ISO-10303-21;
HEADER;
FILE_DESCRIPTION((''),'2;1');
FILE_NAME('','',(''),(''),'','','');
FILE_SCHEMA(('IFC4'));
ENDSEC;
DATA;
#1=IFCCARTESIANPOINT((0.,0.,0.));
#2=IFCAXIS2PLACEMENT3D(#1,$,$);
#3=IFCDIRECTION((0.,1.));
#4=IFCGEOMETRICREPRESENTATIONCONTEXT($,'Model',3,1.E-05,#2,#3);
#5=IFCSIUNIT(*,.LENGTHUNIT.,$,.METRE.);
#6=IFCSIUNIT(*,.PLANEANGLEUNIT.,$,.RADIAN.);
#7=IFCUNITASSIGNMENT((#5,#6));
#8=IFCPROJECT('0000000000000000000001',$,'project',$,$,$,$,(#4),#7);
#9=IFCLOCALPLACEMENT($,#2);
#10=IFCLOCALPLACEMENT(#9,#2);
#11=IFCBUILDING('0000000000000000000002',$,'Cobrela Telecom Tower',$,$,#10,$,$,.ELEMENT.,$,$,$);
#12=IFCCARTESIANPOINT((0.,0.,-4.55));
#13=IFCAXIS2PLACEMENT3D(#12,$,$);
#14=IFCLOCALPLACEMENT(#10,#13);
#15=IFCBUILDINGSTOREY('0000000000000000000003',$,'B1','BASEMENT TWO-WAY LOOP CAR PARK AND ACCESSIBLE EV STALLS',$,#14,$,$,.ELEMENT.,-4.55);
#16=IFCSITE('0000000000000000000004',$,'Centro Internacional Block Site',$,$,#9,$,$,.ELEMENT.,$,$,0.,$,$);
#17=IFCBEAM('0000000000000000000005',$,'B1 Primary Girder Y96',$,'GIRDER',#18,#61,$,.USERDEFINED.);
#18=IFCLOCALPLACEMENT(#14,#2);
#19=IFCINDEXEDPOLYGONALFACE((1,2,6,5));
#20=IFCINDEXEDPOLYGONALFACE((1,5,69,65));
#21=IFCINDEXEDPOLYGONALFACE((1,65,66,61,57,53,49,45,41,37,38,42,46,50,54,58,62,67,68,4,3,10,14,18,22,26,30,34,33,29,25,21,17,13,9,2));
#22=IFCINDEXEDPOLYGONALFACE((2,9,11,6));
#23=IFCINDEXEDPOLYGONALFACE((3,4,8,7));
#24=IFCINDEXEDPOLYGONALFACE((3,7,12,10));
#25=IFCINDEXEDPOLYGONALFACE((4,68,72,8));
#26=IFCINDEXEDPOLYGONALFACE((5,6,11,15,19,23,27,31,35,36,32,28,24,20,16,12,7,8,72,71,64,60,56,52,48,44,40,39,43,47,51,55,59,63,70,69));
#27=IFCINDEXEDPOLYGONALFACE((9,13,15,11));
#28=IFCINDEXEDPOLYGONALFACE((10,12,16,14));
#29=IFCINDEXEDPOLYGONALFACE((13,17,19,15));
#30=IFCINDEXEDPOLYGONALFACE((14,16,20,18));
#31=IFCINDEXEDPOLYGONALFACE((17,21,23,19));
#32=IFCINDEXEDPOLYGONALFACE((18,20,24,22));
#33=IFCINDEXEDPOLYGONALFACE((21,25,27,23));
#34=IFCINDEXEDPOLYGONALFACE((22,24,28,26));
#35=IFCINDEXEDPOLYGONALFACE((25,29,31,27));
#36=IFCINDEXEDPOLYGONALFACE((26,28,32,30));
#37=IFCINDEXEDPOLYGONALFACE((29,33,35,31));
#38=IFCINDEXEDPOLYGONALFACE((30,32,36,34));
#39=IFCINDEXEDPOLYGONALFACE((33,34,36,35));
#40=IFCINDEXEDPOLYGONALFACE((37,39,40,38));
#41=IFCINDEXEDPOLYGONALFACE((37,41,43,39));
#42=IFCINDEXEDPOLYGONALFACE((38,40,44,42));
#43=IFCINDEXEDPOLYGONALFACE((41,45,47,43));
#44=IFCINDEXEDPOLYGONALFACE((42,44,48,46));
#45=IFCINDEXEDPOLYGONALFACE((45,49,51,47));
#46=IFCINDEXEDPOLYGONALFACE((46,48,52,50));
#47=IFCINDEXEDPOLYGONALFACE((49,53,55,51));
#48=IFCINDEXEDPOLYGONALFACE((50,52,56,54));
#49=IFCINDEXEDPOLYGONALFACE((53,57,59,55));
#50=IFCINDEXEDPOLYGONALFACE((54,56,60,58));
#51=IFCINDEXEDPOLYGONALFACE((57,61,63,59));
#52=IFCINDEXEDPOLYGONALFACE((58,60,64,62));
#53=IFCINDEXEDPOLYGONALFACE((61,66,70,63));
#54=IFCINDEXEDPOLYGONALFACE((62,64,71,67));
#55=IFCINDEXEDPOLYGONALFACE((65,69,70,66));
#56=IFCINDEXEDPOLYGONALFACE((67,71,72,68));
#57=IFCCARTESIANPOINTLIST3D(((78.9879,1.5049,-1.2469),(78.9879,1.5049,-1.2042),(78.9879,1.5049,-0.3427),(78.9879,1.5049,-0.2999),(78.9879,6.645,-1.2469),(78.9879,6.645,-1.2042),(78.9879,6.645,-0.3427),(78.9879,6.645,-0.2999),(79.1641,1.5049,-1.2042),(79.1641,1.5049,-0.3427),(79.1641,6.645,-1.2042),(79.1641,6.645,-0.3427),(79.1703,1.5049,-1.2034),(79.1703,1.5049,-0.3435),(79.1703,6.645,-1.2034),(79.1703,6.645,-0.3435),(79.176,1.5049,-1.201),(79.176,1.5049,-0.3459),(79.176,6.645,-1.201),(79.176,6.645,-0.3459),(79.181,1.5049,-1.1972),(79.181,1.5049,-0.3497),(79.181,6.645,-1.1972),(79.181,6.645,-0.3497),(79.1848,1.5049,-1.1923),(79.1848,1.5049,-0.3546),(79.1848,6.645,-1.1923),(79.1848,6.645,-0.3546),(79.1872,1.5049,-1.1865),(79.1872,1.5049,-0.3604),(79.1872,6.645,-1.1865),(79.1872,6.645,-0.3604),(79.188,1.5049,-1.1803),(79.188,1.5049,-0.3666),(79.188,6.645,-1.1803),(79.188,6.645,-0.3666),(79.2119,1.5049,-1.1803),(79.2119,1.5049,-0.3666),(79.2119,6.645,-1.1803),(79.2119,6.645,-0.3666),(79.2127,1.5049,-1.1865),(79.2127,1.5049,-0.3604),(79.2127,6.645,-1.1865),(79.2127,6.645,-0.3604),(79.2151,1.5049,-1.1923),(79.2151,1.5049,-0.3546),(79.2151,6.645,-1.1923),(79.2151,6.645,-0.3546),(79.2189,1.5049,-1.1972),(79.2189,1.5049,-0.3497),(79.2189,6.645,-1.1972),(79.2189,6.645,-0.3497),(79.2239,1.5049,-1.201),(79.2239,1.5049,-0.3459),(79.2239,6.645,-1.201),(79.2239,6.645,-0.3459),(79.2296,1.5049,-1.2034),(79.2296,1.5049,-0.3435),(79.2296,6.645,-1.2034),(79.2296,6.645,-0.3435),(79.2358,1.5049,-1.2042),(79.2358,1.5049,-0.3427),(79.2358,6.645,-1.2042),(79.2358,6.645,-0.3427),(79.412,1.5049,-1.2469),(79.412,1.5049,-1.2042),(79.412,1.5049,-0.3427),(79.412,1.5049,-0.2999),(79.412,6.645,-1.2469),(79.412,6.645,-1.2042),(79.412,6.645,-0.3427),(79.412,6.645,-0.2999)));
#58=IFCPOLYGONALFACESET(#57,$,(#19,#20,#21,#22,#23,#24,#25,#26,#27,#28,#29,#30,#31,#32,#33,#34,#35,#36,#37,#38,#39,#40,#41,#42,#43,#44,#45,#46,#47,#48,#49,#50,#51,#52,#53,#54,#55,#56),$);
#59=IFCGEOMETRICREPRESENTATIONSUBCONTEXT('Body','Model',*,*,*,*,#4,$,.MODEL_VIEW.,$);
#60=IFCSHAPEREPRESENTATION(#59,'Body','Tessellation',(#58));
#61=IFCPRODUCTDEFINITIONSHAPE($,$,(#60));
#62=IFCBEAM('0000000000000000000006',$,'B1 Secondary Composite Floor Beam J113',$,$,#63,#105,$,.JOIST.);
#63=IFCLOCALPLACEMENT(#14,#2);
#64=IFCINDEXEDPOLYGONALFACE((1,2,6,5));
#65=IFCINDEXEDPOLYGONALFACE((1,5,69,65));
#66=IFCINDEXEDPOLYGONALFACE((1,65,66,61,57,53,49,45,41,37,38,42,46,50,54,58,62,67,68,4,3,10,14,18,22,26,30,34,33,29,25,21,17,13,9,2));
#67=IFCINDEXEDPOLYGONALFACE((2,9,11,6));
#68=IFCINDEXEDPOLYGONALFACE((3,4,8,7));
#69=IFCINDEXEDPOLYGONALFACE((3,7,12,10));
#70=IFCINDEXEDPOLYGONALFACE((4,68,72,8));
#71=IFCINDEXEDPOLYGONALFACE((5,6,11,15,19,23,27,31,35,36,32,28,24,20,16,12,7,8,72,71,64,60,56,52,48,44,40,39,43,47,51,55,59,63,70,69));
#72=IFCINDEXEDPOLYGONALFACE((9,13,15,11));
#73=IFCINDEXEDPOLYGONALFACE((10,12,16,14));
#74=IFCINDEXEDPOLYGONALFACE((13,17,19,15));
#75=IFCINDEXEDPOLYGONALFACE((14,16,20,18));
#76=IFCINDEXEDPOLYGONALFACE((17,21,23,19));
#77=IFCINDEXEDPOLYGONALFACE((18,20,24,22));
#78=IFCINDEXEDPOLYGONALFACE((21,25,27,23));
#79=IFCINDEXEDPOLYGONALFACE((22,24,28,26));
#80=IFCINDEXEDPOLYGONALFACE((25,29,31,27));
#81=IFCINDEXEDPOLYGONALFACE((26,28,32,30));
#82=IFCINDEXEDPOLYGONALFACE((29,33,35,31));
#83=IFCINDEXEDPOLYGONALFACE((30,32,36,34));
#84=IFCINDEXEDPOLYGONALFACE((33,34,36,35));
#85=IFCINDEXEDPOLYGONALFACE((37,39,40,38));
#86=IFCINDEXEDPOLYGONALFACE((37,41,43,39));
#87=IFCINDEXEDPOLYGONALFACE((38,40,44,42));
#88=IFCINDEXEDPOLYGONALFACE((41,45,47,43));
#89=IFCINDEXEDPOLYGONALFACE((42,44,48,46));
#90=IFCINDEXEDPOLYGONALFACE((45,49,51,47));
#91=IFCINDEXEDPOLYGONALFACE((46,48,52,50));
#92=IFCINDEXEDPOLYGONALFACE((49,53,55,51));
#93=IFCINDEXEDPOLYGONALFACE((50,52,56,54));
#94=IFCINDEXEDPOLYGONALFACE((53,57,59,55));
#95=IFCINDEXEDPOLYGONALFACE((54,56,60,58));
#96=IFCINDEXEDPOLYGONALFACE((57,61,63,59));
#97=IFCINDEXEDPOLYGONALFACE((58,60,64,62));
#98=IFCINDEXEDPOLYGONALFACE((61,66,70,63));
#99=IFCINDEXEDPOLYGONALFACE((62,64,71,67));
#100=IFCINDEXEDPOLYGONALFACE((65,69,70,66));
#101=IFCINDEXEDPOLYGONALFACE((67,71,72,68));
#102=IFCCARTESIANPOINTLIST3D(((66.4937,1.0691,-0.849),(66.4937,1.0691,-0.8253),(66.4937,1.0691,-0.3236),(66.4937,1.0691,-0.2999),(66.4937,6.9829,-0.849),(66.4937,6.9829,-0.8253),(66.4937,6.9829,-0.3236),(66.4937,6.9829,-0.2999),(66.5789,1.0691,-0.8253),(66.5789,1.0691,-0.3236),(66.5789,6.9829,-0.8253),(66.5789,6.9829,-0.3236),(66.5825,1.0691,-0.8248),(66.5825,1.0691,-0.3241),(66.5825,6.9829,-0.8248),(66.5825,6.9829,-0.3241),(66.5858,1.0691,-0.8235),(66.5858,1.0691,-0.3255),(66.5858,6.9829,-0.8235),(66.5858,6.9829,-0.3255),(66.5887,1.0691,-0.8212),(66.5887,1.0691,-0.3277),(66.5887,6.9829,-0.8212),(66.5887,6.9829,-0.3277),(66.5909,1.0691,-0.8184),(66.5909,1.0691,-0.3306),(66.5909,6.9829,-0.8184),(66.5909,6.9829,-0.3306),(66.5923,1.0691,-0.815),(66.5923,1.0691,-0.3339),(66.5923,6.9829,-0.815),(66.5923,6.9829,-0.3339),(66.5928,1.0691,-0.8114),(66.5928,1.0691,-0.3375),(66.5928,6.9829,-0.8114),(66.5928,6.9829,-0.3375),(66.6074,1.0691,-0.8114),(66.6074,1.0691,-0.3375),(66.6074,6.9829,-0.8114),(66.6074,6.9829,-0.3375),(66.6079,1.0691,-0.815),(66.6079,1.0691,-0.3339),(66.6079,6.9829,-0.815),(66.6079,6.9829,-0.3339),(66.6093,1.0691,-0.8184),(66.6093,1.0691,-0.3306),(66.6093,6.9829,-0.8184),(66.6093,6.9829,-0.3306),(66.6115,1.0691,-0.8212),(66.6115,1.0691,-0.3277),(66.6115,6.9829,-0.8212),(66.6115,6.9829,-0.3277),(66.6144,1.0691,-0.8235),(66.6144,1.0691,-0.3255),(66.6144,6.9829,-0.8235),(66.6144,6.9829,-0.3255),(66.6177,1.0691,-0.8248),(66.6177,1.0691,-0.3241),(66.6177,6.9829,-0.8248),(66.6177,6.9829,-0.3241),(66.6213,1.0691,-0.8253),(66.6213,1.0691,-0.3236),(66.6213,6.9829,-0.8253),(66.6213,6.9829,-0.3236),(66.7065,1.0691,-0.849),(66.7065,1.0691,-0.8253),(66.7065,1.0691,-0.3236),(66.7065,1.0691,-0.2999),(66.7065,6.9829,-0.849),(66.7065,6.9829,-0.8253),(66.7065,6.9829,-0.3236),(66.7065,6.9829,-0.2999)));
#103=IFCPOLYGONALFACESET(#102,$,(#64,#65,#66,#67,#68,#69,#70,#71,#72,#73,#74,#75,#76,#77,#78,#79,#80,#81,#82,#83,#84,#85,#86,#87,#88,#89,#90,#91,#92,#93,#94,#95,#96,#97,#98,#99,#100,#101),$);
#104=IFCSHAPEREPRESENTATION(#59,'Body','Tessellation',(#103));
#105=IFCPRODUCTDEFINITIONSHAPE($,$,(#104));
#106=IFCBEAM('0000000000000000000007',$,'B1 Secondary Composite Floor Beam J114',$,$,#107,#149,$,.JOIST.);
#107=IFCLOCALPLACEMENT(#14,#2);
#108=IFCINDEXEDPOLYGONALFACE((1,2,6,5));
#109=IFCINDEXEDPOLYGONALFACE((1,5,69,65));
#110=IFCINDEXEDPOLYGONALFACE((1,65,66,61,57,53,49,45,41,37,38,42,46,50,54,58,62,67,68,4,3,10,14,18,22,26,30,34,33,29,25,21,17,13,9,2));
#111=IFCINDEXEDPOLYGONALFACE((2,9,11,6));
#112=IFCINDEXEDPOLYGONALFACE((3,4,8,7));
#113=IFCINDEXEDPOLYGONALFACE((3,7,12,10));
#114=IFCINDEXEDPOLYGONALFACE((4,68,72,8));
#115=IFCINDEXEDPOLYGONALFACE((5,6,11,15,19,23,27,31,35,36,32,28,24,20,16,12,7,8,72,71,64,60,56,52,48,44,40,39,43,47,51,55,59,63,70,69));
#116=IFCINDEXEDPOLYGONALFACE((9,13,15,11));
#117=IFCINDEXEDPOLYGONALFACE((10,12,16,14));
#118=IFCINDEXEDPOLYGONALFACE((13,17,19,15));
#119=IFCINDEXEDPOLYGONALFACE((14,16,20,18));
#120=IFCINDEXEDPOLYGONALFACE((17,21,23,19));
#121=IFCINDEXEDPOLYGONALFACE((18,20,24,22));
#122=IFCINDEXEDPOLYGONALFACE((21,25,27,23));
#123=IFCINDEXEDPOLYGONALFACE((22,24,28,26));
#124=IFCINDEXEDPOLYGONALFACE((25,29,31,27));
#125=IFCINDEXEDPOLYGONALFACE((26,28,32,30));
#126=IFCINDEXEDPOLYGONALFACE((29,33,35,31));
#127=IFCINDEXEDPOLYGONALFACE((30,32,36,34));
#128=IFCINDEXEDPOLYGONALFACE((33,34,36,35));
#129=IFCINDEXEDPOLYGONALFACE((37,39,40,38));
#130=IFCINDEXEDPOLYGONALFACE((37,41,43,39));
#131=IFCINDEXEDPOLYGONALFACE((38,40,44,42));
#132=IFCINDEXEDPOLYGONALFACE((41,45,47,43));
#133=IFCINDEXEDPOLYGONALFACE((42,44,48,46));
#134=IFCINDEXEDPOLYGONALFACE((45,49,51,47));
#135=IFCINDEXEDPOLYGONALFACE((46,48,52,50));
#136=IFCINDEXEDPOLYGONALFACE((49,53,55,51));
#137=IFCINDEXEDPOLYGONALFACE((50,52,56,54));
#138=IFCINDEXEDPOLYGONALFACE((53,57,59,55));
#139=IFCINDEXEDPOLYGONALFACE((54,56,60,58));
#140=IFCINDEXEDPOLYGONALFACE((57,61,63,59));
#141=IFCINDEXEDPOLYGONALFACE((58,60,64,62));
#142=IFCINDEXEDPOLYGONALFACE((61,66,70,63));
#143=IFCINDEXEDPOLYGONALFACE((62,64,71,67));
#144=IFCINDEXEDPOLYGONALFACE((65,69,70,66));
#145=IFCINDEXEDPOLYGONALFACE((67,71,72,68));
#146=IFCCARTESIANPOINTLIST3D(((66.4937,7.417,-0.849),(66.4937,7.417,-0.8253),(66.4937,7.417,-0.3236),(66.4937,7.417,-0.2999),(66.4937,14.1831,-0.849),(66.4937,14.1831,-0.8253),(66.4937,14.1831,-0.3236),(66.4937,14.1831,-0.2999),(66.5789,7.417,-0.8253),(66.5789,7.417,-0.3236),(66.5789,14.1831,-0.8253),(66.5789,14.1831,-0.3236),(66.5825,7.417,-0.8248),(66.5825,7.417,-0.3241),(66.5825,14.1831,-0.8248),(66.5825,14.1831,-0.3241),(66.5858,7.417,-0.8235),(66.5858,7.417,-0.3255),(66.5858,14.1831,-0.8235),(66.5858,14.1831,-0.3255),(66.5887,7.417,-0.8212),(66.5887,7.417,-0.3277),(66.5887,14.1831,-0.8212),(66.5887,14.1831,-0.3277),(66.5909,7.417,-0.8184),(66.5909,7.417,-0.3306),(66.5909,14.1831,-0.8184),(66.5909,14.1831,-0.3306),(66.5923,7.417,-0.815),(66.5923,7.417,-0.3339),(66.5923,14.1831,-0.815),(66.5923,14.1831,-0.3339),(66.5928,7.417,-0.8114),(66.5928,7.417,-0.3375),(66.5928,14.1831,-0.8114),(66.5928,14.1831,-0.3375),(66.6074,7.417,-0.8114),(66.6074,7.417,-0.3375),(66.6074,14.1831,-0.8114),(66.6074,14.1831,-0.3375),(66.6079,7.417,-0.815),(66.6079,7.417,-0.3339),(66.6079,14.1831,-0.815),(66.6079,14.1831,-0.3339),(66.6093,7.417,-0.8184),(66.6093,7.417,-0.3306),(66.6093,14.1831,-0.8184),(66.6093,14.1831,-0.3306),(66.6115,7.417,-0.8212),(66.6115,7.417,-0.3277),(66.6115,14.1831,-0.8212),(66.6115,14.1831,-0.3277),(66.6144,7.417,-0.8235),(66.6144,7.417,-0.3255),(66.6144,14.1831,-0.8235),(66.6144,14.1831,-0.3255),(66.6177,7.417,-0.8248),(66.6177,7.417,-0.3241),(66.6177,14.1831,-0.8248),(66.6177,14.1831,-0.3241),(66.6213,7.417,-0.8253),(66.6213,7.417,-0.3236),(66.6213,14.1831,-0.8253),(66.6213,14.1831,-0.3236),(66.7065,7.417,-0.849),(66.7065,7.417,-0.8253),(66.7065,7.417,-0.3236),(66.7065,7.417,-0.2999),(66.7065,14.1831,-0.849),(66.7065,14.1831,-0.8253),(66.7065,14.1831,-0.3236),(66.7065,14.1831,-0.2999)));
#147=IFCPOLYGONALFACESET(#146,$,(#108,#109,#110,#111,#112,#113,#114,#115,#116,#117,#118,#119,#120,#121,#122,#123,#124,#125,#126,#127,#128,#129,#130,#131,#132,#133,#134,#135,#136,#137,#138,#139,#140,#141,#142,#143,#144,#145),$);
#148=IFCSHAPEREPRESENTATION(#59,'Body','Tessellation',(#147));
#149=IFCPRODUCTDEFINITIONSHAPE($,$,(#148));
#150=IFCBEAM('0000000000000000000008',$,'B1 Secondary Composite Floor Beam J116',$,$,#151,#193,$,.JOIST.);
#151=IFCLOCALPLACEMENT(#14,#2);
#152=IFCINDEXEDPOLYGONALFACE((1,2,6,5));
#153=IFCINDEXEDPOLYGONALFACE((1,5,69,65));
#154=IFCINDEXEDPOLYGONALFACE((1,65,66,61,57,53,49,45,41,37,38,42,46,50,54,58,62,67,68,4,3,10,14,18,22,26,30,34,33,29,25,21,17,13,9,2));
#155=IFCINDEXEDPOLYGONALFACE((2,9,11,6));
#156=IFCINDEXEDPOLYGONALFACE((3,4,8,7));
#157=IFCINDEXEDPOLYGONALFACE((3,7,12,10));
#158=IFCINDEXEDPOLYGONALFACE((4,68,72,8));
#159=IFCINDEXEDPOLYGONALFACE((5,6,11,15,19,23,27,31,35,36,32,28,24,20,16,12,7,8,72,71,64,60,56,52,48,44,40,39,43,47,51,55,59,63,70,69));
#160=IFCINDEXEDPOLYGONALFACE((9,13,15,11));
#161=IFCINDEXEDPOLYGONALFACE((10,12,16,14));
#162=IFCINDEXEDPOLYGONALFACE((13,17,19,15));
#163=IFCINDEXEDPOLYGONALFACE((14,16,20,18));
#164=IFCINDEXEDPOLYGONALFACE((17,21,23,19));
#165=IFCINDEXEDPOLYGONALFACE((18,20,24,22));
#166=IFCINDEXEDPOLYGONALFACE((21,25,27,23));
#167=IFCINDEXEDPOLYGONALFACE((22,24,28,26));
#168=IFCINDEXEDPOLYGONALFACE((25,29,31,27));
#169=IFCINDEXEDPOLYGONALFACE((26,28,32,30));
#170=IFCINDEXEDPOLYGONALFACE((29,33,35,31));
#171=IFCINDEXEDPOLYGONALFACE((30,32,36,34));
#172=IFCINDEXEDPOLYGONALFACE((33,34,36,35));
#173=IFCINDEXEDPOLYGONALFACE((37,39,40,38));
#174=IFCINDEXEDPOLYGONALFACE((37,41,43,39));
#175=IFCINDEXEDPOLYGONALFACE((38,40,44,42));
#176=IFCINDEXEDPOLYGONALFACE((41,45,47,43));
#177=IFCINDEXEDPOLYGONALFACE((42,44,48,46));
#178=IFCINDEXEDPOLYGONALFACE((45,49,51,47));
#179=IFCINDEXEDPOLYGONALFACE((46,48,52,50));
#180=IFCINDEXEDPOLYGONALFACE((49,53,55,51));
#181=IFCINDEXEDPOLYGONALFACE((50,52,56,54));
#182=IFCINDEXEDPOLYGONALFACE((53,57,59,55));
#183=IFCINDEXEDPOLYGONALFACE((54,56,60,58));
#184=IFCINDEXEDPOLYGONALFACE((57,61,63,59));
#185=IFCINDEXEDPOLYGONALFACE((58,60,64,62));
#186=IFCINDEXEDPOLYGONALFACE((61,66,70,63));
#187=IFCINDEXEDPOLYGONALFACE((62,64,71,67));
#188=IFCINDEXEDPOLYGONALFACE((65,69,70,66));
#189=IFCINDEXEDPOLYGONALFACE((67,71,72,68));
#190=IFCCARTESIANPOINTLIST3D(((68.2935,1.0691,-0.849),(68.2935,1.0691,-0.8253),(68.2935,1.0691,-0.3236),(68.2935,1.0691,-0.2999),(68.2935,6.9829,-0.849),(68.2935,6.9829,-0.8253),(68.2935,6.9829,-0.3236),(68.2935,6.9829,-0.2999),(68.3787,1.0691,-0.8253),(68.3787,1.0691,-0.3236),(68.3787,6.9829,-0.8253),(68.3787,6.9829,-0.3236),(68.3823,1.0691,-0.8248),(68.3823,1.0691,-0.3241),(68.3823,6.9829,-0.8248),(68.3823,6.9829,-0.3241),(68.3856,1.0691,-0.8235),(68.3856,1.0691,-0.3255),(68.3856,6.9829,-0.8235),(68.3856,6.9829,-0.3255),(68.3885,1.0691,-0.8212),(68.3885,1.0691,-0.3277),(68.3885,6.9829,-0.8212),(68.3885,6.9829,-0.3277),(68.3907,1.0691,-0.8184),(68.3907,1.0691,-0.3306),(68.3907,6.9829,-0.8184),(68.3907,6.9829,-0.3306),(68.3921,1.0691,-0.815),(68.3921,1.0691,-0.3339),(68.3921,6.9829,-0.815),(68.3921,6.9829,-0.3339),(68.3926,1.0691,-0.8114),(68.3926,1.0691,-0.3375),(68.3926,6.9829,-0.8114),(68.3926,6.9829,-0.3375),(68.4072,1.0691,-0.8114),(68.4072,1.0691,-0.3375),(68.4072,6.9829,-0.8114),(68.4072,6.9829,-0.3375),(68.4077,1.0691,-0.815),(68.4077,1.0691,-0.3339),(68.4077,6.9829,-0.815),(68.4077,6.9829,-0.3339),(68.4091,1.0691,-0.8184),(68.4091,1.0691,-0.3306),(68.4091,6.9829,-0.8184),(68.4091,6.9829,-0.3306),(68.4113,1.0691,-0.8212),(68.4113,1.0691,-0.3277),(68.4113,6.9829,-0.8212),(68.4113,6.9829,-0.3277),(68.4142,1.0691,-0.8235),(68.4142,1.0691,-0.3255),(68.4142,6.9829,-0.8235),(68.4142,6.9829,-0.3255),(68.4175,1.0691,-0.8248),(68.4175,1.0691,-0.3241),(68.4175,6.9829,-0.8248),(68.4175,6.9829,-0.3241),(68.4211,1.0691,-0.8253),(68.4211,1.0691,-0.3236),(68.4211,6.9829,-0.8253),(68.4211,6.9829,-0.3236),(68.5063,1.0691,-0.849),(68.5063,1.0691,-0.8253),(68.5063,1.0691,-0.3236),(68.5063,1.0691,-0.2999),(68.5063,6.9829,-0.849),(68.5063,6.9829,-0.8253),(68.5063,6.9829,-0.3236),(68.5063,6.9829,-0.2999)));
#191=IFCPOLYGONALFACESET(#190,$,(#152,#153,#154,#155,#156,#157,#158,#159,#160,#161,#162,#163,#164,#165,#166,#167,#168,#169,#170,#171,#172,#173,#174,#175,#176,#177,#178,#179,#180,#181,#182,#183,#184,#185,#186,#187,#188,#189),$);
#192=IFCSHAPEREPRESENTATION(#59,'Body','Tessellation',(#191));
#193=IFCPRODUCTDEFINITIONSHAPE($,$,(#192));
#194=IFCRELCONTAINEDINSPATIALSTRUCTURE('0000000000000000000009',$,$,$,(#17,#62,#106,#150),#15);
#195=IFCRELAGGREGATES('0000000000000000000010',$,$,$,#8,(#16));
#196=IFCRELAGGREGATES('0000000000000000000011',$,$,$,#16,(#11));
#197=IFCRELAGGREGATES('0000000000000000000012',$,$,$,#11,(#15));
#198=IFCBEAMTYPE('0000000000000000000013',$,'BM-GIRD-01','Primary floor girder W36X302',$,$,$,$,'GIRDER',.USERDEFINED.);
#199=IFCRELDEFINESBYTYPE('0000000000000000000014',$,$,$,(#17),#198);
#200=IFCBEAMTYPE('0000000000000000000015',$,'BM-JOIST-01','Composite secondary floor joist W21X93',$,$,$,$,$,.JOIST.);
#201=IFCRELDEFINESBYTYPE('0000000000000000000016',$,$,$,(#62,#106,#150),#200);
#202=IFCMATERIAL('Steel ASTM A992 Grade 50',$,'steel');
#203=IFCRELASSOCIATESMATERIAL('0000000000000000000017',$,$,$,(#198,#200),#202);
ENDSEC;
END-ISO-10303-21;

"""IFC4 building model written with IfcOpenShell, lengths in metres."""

from ifc_helpers import new_model, si_unit, direction, frame, origin, origin_2d, place, context, subcontext, project, spatial, i_section, extrude, material, material_profile, profile_set, type_object, element, save


model = new_model("IFC4")

# Units and contexts
model_context = context("Model", 3, precision=1e-05, world=origin(), true_north=direction((0.0, 1.0)))
body_context = subcontext(model_context, "Body", "Model", "MODEL_VIEW")
ifc_project = project(units=[si_unit("LENGTHUNIT", "METRE"), si_unit("PLANEANGLEUNIT", "RADIAN")], contexts=[model_context])

# Site, building, storey
site_placement = place(None, origin())
site = spatial("IfcSite", under=ifc_project, at=site_placement, Name="Centro Internacional Block Site", CompositionType="ELEMENT", RefElevation=0.0)
building_placement = place(site_placement, origin())
building = spatial("IfcBuilding", under=site, at=building_placement, Name="Cobrela Telecom Tower", CompositionType="ELEMENT")
storey_placement = place(building_placement, frame((0.0, 0.0, -4.55)))
storey = spatial("IfcBuildingStorey", under=building, at=storey_placement, Name="B1", Description="BASEMENT TWO-WAY LOOP CAR PARK AND ACCESSIBLE EV STALLS", CompositionType="ELEMENT", Elevation=-4.55)

# Beams
ifc_material_1 = material(Name="Steel ASTM A992 Grade 50", Category="steel")
ifc_material_profile_1 = material_profile(ifc_material_1, i_section(OverallWidth=0.4241, OverallDepth=0.947, WebThickness=0.0239, FlangeThickness=0.0427, FilletRadius=0.0239, at=origin_2d()), Name="W36X302")
ifc_profile_set_1 = profile_set([ifc_material_profile_1], Name="Steel ASTM A992 Grade 50")
beam_type_1 = type_object("IfcBeamType", Name="BM-GIRD-01", Description="Primary floor girder W36X302", ElementType="GIRDER", PredefinedType="USERDEFINED", material=ifc_profile_set_1)
for number, where, z_axis, x_axis, name in (
    (1, (79.2, 1.5049, -0.7734), (0.0, 1.0, 0.0), (-1.0, 0.0, 0.0), "B1 Primary Girder Y96"),
):
    element("IfcBeam", number, at=place(storey_placement, frame(where, z_axis=z_axis, x_axis=x_axis)), inside=storey, type_object=beam_type_1, Name=name, ObjectType="GIRDER", PredefinedType="USERDEFINED", context=body_context, shape_type="SweptSolid", body=[
        extrude(i_section(OverallWidth=0.4241, OverallDepth=0.947, WebThickness=0.0239, FlangeThickness=0.0427, FilletRadius=0.0239, at=origin_2d()), origin(), (0.0, 0.0, 1.0), 5.1401),
    ])
ifc_material_profile_2 = material_profile(ifc_material_1, i_section(OverallWidth=0.2129, OverallDepth=0.5491, WebThickness=0.0146, FlangeThickness=0.0237, FilletRadius=0.0139, at=origin_2d()), Name="W21X93")
ifc_profile_set_2 = profile_set([ifc_material_profile_2], Name="Steel ASTM A992 Grade 50")
beam_type_2 = type_object("IfcBeamType", Name="BM-JOIST-01", Description="Composite secondary floor joist W21X93", PredefinedType="JOIST", material=ifc_profile_set_2)
beam_1_placement = place(storey_placement, frame((66.6001, 1.0691, -0.5745), z_axis=(0.0, 1.0, 0.0), x_axis=(-1.0, 0.0, 0.0)))
element("IfcBeam", 2, at=beam_1_placement, inside=storey, type_object=beam_type_2, Name="B1 Secondary Composite Floor Beam J113", PredefinedType="JOIST", context=body_context, shape_type="SweptSolid", body=[
    extrude(i_section(OverallWidth=0.2129, OverallDepth=0.5491, WebThickness=0.0146, FlangeThickness=0.0237, FilletRadius=0.0139, at=origin_2d()), origin(), (0.0, 0.0, 1.0), 5.9138),
])
beam_2_placement = place(storey_placement, frame((66.6001, 7.417, -0.5745), z_axis=(0.0, 1.0, 0.0), x_axis=(-1.0, 0.0, 0.0)))
element("IfcBeam", 3, at=beam_2_placement, inside=storey, type_object=beam_type_2, Name="B1 Secondary Composite Floor Beam J114", PredefinedType="JOIST", context=body_context, shape_type="SweptSolid", body=[
    extrude(i_section(OverallWidth=0.2129, OverallDepth=0.5491, WebThickness=0.0146, FlangeThickness=0.0237, FilletRadius=0.0139, at=origin_2d()), origin(), (0.0, 0.0, 1.0), 6.7661),
])
beam_3_placement = place(storey_placement, frame((68.3999, 1.0691, -0.5745), z_axis=(0.0, 1.0, 0.0), x_axis=(-1.0, 0.0, 0.0)))
element("IfcBeam", 4, at=beam_3_placement, inside=storey, type_object=beam_type_2, Name="B1 Secondary Composite Floor Beam J116", PredefinedType="JOIST", context=body_context, shape_type="SweptSolid", body=[
    extrude(i_section(OverallWidth=0.2129, OverallDepth=0.5491, WebThickness=0.0146, FlangeThickness=0.0237, FilletRadius=0.0139, at=origin_2d()), origin(), (0.0, 0.0, 1.0), 5.9138),
])

save(model, "model.ifc")
